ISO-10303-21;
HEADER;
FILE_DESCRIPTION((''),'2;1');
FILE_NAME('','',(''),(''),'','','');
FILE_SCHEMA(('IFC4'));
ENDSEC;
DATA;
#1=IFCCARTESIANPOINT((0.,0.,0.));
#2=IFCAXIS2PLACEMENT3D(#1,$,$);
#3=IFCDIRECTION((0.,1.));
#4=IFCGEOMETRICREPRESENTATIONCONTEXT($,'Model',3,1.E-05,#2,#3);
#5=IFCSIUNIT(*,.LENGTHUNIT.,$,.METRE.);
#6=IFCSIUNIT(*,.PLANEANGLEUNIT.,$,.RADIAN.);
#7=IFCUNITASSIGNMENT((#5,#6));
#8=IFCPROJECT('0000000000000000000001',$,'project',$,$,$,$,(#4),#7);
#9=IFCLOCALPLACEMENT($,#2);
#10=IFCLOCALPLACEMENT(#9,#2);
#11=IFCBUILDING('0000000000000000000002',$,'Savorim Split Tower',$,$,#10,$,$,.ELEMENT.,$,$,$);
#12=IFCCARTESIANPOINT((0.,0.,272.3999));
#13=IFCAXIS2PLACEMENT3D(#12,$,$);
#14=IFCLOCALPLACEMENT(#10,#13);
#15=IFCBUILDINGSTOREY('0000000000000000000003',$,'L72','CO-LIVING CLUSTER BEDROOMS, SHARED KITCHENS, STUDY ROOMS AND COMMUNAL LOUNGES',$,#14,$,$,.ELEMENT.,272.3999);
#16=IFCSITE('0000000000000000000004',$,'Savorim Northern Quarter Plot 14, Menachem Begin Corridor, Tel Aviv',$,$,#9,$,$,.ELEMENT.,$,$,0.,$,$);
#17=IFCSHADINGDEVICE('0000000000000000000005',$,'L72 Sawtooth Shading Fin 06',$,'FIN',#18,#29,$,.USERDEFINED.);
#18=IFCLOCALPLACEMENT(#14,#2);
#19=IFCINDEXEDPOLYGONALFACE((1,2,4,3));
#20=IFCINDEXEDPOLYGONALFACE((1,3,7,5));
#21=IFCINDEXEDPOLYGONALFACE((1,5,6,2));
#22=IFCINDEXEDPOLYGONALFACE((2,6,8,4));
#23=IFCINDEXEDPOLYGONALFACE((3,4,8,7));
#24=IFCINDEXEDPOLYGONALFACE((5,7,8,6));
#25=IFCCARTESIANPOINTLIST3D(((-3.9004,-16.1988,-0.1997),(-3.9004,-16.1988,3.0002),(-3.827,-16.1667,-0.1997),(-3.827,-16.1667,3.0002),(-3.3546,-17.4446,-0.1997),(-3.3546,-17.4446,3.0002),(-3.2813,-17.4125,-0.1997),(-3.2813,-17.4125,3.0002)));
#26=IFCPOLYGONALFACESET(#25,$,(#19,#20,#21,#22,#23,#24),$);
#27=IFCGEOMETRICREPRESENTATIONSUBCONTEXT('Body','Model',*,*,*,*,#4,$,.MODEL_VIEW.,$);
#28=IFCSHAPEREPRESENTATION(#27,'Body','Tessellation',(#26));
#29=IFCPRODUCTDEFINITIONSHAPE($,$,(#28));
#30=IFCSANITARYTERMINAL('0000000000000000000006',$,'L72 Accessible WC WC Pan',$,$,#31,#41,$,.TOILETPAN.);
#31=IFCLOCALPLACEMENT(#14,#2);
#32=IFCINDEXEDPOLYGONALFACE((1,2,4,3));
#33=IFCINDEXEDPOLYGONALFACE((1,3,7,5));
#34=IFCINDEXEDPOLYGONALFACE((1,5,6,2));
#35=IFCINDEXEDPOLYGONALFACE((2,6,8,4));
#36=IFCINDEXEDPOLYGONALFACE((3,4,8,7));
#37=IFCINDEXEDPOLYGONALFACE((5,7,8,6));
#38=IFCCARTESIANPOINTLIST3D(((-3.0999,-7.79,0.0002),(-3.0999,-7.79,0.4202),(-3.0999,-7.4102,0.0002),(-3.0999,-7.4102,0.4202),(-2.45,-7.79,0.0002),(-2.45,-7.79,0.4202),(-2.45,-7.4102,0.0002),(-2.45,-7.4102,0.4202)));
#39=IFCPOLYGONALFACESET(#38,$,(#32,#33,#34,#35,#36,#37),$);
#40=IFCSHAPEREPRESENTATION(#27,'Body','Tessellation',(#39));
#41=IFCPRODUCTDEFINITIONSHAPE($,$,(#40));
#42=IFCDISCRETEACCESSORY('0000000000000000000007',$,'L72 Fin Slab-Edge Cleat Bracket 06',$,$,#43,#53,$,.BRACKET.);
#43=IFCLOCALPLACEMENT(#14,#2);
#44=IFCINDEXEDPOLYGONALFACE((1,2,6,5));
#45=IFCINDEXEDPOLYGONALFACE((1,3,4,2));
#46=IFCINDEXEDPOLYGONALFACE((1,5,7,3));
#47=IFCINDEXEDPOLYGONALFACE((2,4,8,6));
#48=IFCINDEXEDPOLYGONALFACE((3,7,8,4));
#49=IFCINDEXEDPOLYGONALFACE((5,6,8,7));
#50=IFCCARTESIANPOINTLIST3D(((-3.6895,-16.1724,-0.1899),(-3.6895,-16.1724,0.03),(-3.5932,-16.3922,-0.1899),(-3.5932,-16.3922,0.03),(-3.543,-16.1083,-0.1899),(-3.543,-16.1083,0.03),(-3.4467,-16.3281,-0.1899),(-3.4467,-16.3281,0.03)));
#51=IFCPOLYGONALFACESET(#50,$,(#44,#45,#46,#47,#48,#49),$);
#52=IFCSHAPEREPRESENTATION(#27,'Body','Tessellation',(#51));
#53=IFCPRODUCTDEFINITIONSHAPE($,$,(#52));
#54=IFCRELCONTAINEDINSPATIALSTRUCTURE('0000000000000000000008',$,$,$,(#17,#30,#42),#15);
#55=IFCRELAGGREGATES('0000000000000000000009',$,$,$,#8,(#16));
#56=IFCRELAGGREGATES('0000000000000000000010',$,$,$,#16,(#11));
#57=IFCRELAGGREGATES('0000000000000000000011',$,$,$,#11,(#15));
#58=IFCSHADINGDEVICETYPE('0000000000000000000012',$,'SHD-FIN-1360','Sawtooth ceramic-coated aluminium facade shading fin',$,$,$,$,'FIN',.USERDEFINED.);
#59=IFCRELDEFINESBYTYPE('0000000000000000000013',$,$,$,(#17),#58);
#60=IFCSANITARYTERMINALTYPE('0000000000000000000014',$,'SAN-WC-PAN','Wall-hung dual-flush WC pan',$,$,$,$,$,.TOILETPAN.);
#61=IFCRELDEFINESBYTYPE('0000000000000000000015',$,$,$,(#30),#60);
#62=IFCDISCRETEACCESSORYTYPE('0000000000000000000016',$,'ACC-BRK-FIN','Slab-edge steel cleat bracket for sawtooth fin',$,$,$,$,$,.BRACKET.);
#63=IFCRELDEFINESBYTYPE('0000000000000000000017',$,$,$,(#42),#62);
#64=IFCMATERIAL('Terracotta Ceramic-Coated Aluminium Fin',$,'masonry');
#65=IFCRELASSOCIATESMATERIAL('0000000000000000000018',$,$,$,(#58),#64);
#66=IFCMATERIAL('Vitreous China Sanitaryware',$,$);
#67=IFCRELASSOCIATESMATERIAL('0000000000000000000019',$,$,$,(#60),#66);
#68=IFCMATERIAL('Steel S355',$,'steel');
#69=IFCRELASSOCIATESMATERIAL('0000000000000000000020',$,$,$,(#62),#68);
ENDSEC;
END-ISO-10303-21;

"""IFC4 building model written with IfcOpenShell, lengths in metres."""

from ifc_helpers import new_model, si_unit, direction, frame, origin, origin_2d, place, context, subcontext, project, spatial, rectangle, extrude, material, type_object, element, save


model = new_model("IFC4")

# Units and contexts
model_context = context("Model", 3, precision=1e-05, world=origin(), true_north=direction((0.0, 1.0)))
body_context = subcontext(model_context, "Body", "Model", "MODEL_VIEW")
ifc_project = project(units=[si_unit("LENGTHUNIT", "METRE"), si_unit("PLANEANGLEUNIT", "RADIAN")], contexts=[model_context])

# Site, building, storey
site_placement = place(None, origin())
site = spatial("IfcSite", under=ifc_project, at=site_placement, Name="Savorim Northern Quarter Plot 14, Menachem Begin Corridor, Tel Aviv", CompositionType="ELEMENT", RefElevation=0.0)
building_placement = place(site_placement, origin())
building = spatial("IfcBuilding", under=site, at=building_placement, Name="Savorim Split Tower", CompositionType="ELEMENT")
storey_placement = place(building_placement, frame((0.0, 0.0, 272.3999)))
storey = spatial("IfcBuildingStorey", under=building, at=storey_placement, Name="L72", Description="CO-LIVING CLUSTER BEDROOMS, SHARED KITCHENS, STUDY ROOMS AND COMMUNAL LOUNGES", CompositionType="ELEMENT", Elevation=272.3999)

# Shared definitions
ifc_material_1 = material(Name="Steel S355", Category="steel")

# Shading device
ifc_material_2 = material(Name="Terracotta Ceramic-Coated Aluminium Fin", Category="masonry")
shading_device_type = type_object("IfcShadingDeviceType", Name="SHD-FIN-1360", Description="Sawtooth ceramic-coated aluminium facade shading fin", ElementType="FIN", PredefinedType="USERDEFINED", material=ifc_material_2)
shading_device_placement = place(storey_placement, frame((-3.5908, -16.8057, -0.1997), z_axis=(0.0, 0.0, 1.0), x_axis=(0.40123, -0.915977, 0.0)))
element("IfcShadingDevice", 1, at=shading_device_placement, inside=storey, type_object=shading_device_type, Name="L72 Sawtooth Shading Fin 06", ObjectType="FIN", PredefinedType="USERDEFINED", context=body_context, shape_type="SweptSolid", body=[
    extrude(rectangle(XDim=1.3601, YDim=0.0801, at=origin_2d()), origin(), (0.0, 0.0, 1.0), 3.2),
])

# Sanitary terminal
ifc_material_3 = material(Name="Vitreous China Sanitaryware")
sanitary_terminal_type = type_object("IfcSanitaryTerminalType", Name="SAN-WC-PAN", Description="Wall-hung dual-flush WC pan", PredefinedType="TOILETPAN", material=ifc_material_3)
sanitary_terminal_placement = place(storey_placement, frame((-2.7749, -7.6001, 0.0002), z_axis=(0.0, 0.0, 1.0), x_axis=(1.0, 0.0, 0.0)))
element("IfcSanitaryTerminal", 2, at=sanitary_terminal_placement, inside=storey, type_object=sanitary_terminal_type, Name="L72 Accessible WC WC Pan", PredefinedType="TOILETPAN", context=body_context, shape_type="SweptSolid", body=[
    extrude(rectangle(XDim=0.6499, YDim=0.3799, at=origin_2d()), origin(), (0.0, 0.0, 1.0), 0.4199),
])

# Discrete accessory
discrete_accessory_type = type_object("IfcDiscreteAccessoryType", Name="ACC-BRK-FIN", Description="Slab-edge steel cleat bracket for sawtooth fin", PredefinedType="BRACKET", material=ifc_material_1)
discrete_accessory_placement = place(storey_placement, frame((-3.5681, -16.2502, -0.1899), z_axis=(0.0, 0.0, 1.0), x_axis=(0.40123, -0.915977, 0.0)))
element("IfcDiscreteAccessory", 3, at=discrete_accessory_placement, inside=storey, type_object=discrete_accessory_type, Name="L72 Fin Slab-Edge Cleat Bracket 06", PredefinedType="BRACKET", context=body_context, shape_type="SweptSolid", body=[
    extrude(rectangle(XDim=0.24, YDim=0.1599, at=origin_2d()), origin(), (0.0, 0.0, 1.0), 0.22),
])

save(model, "model.ifc")
